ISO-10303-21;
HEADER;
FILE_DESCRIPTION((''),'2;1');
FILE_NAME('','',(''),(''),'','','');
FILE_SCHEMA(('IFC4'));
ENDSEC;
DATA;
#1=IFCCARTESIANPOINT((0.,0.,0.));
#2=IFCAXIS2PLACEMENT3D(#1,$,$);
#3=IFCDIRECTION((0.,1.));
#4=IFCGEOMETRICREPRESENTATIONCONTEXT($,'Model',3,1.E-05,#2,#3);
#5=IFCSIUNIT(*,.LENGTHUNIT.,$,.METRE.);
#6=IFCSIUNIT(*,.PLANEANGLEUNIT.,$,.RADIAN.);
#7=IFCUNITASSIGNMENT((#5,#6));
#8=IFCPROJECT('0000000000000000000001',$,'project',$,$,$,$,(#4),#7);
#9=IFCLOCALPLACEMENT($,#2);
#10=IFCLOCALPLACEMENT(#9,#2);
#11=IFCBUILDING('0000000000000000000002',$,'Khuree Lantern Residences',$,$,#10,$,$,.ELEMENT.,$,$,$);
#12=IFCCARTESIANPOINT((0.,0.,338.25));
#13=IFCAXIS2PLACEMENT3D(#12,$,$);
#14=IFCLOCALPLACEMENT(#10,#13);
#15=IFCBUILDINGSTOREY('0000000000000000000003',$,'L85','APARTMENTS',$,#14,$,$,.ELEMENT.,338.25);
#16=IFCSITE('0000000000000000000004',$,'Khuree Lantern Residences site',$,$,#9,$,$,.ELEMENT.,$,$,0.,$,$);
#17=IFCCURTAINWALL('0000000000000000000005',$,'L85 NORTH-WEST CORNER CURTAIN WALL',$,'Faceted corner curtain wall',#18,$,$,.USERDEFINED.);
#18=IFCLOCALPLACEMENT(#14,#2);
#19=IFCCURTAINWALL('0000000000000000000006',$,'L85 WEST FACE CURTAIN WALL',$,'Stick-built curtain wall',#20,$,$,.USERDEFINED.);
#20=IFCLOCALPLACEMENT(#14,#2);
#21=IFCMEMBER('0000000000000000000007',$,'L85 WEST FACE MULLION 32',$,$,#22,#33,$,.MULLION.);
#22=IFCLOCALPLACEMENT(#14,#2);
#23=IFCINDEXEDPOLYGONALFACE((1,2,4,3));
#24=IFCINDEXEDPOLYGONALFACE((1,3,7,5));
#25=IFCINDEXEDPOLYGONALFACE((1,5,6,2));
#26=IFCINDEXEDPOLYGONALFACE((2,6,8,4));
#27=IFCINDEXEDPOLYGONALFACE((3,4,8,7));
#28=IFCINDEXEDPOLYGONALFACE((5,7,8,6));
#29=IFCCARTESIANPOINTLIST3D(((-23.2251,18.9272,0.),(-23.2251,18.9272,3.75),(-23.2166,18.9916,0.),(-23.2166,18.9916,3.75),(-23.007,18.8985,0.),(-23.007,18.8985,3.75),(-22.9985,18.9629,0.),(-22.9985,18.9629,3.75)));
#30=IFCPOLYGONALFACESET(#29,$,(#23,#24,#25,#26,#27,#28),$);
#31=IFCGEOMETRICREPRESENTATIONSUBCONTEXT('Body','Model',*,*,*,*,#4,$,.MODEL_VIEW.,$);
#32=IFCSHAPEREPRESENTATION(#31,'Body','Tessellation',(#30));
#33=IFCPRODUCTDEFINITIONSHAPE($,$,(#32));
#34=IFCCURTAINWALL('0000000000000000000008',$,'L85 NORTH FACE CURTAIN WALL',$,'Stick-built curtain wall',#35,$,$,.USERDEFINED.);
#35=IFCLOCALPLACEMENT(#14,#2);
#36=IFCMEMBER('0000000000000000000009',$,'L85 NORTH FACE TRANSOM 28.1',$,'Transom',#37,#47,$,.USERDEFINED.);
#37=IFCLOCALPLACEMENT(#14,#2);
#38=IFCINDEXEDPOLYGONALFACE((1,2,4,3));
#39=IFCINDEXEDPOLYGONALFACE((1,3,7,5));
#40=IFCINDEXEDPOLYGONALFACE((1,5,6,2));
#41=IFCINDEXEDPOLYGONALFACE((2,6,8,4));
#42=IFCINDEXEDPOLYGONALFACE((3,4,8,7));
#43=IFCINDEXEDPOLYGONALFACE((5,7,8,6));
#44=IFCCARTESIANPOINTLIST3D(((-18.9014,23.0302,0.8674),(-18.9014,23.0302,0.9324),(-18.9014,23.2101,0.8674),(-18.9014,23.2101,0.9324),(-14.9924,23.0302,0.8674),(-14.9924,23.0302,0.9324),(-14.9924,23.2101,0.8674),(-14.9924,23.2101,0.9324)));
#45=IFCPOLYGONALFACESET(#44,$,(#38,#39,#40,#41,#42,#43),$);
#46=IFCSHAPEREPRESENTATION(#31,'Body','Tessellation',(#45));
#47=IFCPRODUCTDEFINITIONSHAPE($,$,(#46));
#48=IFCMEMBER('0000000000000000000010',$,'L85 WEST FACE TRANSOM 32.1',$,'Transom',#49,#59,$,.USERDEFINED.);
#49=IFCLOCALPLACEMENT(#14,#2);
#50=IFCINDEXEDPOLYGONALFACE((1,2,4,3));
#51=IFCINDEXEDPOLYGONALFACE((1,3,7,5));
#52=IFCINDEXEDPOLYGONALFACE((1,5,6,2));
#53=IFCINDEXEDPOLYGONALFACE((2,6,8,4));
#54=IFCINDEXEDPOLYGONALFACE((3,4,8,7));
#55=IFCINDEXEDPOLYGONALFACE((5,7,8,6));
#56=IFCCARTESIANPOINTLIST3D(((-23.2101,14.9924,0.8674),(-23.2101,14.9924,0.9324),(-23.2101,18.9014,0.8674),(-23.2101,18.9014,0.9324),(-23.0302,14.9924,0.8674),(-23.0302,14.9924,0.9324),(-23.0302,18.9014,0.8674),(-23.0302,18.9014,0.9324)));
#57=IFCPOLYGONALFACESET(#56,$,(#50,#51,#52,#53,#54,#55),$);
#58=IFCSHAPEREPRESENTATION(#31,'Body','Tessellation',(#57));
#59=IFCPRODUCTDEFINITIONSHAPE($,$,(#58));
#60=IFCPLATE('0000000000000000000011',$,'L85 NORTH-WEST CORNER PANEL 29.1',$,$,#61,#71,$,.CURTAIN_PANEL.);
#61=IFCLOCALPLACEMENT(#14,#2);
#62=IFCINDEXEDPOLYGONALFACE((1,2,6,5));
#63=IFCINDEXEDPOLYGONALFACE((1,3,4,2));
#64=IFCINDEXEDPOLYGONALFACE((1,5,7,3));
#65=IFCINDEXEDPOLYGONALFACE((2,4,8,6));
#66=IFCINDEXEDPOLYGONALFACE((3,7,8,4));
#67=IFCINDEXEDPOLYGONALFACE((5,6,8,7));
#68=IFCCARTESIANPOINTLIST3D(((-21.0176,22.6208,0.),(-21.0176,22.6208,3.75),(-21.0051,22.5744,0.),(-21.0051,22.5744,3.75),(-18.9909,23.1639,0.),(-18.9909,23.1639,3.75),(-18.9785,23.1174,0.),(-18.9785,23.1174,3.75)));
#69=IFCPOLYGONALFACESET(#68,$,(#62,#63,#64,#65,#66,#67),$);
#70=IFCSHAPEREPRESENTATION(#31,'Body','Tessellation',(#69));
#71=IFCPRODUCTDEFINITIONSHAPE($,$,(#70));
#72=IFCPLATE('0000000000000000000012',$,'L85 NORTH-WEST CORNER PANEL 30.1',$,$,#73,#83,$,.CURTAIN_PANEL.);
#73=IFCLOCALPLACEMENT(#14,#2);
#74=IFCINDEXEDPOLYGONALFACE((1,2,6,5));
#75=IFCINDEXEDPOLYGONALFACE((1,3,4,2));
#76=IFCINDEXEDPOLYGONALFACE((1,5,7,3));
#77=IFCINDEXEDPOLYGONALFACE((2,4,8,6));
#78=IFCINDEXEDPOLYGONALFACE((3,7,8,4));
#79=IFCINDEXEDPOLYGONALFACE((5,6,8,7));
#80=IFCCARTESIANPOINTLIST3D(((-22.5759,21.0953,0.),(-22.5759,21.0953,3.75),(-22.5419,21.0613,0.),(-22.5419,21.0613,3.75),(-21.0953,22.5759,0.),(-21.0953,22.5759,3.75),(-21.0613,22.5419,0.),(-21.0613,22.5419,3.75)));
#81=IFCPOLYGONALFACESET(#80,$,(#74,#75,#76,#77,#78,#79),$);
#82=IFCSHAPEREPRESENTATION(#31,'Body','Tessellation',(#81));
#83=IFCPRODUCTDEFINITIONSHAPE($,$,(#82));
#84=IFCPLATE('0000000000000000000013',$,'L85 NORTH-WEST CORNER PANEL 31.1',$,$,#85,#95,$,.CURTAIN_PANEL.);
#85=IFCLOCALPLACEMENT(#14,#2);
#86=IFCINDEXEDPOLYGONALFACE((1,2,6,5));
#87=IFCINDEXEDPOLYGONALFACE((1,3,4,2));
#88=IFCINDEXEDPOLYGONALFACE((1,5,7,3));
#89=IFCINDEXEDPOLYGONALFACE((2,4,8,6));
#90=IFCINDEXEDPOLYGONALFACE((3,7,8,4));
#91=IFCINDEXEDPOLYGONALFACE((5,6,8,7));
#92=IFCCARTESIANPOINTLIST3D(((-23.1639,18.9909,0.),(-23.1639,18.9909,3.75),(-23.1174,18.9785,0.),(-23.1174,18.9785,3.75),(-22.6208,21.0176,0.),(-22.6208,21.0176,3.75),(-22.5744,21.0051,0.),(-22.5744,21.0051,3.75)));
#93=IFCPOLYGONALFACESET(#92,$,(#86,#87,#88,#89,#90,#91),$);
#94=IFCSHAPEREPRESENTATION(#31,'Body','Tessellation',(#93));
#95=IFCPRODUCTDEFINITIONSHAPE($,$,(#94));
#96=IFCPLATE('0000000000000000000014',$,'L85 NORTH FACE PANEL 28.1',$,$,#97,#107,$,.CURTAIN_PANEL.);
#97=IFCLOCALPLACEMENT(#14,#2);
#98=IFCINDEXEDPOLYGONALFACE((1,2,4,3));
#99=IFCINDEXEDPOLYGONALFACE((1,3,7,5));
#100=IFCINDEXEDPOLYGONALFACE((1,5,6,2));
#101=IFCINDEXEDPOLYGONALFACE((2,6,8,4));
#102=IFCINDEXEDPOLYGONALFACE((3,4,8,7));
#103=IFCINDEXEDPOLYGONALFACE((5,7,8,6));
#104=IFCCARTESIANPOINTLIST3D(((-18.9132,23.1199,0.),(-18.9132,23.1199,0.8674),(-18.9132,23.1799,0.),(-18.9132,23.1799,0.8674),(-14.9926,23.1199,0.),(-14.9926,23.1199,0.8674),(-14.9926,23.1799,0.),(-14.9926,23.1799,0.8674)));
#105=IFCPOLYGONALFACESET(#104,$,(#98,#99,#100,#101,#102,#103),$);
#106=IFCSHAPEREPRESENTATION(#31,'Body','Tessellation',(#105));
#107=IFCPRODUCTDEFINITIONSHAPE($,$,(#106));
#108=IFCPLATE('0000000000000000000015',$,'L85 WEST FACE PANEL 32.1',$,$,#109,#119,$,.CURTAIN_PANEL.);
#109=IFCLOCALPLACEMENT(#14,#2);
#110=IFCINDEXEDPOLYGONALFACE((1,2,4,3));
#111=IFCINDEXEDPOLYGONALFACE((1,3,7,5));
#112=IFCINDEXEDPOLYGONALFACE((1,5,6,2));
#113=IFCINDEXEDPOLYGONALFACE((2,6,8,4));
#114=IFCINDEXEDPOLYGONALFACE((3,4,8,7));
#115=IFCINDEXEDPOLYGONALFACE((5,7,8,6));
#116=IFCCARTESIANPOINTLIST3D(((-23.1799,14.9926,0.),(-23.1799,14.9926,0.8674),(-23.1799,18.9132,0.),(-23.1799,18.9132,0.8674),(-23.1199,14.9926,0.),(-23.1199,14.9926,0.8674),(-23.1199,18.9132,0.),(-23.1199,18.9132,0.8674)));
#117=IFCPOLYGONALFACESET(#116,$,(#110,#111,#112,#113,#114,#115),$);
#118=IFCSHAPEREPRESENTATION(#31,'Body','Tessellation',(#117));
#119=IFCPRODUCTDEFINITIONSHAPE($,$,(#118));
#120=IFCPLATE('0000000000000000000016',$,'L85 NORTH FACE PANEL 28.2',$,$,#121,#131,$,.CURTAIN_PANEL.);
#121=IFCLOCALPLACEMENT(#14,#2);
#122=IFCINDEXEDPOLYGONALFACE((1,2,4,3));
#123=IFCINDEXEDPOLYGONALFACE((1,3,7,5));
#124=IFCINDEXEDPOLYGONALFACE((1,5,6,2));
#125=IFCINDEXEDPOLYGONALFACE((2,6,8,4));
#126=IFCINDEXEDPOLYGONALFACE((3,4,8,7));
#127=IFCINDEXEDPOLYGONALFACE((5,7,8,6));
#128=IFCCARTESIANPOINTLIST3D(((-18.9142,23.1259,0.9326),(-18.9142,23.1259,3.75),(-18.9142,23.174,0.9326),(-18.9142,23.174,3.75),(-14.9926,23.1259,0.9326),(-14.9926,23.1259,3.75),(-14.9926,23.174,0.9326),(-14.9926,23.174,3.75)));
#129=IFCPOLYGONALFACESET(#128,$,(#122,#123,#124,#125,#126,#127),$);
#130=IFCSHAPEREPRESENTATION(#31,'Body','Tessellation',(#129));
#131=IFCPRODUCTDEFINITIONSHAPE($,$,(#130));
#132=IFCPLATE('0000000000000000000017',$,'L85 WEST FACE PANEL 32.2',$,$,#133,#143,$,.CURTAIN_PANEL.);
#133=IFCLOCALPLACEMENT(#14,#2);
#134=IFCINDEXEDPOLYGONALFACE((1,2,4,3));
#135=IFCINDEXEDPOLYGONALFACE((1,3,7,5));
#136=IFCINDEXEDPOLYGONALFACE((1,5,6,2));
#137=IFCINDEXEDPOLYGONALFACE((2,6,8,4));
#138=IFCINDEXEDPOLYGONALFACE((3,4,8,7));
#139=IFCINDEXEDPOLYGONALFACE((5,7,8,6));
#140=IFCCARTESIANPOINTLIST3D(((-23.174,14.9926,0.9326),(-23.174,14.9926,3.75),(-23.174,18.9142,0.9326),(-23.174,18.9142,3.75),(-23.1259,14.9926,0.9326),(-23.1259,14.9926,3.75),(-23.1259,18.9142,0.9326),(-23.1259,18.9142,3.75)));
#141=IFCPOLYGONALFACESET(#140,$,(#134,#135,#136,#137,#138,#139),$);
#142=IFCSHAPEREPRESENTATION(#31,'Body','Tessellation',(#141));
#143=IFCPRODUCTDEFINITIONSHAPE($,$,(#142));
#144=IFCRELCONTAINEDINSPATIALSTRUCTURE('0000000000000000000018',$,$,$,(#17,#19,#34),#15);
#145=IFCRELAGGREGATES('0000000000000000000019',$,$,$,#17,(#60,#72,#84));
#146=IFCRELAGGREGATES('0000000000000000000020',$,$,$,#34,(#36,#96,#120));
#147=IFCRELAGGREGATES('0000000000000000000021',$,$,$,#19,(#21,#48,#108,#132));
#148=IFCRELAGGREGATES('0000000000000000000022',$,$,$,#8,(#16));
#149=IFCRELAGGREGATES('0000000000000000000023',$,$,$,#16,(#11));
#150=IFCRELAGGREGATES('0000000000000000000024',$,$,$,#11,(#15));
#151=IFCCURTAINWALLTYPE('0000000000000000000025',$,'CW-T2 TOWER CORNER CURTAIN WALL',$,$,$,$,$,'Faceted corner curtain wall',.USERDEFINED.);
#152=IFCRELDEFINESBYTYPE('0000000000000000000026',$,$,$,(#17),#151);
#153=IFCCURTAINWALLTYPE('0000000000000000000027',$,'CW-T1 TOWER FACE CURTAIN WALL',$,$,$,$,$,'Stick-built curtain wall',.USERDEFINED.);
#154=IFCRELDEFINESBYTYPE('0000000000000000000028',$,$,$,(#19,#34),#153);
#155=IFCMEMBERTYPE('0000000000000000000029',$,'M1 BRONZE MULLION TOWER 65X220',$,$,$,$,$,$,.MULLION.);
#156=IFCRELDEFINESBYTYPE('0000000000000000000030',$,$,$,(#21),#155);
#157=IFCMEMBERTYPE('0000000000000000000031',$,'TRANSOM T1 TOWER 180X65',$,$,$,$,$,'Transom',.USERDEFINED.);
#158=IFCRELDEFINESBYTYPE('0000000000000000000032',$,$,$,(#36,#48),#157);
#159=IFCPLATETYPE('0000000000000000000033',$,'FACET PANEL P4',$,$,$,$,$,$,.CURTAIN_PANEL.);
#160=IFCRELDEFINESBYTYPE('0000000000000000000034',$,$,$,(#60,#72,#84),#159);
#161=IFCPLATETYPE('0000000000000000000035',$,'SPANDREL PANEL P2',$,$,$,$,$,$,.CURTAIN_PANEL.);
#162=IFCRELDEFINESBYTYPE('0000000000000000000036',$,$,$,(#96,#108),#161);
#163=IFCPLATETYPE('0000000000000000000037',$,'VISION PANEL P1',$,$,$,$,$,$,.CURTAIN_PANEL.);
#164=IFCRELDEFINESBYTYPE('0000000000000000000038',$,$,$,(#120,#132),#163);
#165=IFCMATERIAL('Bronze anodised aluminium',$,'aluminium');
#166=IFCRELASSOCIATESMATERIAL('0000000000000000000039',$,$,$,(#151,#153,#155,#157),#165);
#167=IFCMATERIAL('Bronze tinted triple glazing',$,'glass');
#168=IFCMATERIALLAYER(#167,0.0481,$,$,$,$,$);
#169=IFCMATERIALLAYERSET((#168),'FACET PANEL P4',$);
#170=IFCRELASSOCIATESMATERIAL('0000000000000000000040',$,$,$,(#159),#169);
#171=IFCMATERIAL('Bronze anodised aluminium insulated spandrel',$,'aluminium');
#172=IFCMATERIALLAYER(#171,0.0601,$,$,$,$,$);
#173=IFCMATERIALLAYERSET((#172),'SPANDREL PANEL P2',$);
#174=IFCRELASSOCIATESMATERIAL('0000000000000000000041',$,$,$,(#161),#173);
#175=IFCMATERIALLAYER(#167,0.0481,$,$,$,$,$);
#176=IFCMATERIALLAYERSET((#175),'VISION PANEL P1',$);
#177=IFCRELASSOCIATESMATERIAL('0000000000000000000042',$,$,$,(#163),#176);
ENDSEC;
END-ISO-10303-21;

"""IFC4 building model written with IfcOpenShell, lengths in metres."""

from ifc_helpers import new_model, si_unit, direction, frame, origin, origin_2d, place, context, subcontext, project, spatial, rectangle, extrude, material, layer, layer_set, material_profile, profile_set, type_object, element, aggregate, save


model = new_model("IFC4")

# Units and contexts
model_context = context("Model", 3, precision=1e-05, world=origin(), true_north=direction((0.0, 1.0)))
body_context = subcontext(model_context, "Body", "Model", "MODEL_VIEW")
ifc_project = project(units=[si_unit("LENGTHUNIT", "METRE"), si_unit("PLANEANGLEUNIT", "RADIAN")], contexts=[model_context])

# Site, building, storey
site_placement = place(None, origin())
site = spatial("IfcSite", under=ifc_project, at=site_placement, Name="Khuree Lantern Residences site", CompositionType="ELEMENT", RefElevation=0.0)
building_placement = place(site_placement, origin())
building = spatial("IfcBuilding", under=site, at=building_placement, Name="Khuree Lantern Residences", CompositionType="ELEMENT")
storey_placement = place(building_placement, frame((0.0, 0.0, 338.25)))
storey = spatial("IfcBuildingStorey", under=building, at=storey_placement, Name="L85", Description="APARTMENTS", CompositionType="ELEMENT", Elevation=338.25)

# Curtain wall
ifc_material_1 = material(Name="Bronze anodised aluminium", Category="aluminium")
curtain_wall_type_1 = type_object("IfcCurtainWallType", Name="CW-T2 TOWER CORNER CURTAIN WALL", ElementType="Faceted corner curtain wall", PredefinedType="USERDEFINED", material=ifc_material_1)
curtain_wall_1_placement = place(storey_placement, origin())
curtain_wall_1 = element("IfcCurtainWall", 1, at=curtain_wall_1_placement, inside=storey, type_object=curtain_wall_type_1, Name="L85 NORTH-WEST CORNER CURTAIN WALL", ObjectType="Faceted corner curtain wall", PredefinedType="USERDEFINED")

# Shared definitions
ifc_material_profile_1 = material_profile(ifc_material_1, rectangle(XDim=0.0649, YDim=0.22, at=origin_2d()), Name="M1 65X220")
ifc_profile_set_1 = profile_set([ifc_material_profile_1], Name="Bronze anodised aluminium")
member_type_1 = type_object("IfcMemberType", Name="M1 BRONZE MULLION TOWER 65X220", PredefinedType="MULLION", material=ifc_profile_set_1)

# Curtain walls, members
curtain_wall_type_2 = type_object("IfcCurtainWallType", Name="CW-T1 TOWER FACE CURTAIN WALL", ElementType="Stick-built curtain wall", PredefinedType="USERDEFINED", material=ifc_material_1)
curtain_wall_2_placement = place(storey_placement, origin())
curtain_wall_2 = element("IfcCurtainWall", 2, at=curtain_wall_2_placement, inside=storey, type_object=curtain_wall_type_2, Name="L85 WEST FACE CURTAIN WALL", ObjectType="Stick-built curtain wall", PredefinedType="USERDEFINED")
member_1_placement = place(storey_placement, frame((-23.1118, 18.9451, 0.0), z_axis=(0.0, 0.0, 1.0), x_axis=(-0.130526, -0.991445, 0.0)))
member_1 = element("IfcMember", 3, at=member_1_placement, type_object=member_type_1, Name="L85 WEST FACE MULLION 32", PredefinedType="MULLION", context=body_context, shape_type="SweptSolid", body=[
    extrude(rectangle(XDim=0.0649, YDim=0.22, at=origin_2d()), origin(), (0.0, 0.0, 1.0), 3.75),
])
curtain_wall_3_placement = place(storey_placement, origin())
curtain_wall_3 = element("IfcCurtainWall", 4, at=curtain_wall_3_placement, inside=storey, type_object=curtain_wall_type_2, Name="L85 NORTH FACE CURTAIN WALL", ObjectType="Stick-built curtain wall", PredefinedType="USERDEFINED")
ifc_material_profile_2 = material_profile(ifc_material_1, rectangle(XDim=0.1799, YDim=0.0649, at=origin_2d()), Name="T1 180X65")
ifc_profile_set_2 = profile_set([ifc_material_profile_2], Name="Bronze anodised aluminium")
member_type_2 = type_object("IfcMemberType", Name="TRANSOM T1 TOWER 180X65", ElementType="Transom", PredefinedType="USERDEFINED", material=ifc_profile_set_2)
member_2_placement = place(storey_placement, frame((-14.9924, 23.1201, 0.8999), z_axis=(-1.0, 0.0, 0.0), x_axis=(0.0, -1.0, 0.0)))
member_2 = element("IfcMember", 5, at=member_2_placement, type_object=member_type_2, Name="L85 NORTH FACE TRANSOM 28.1", ObjectType="Transom", PredefinedType="USERDEFINED", context=body_context, shape_type="SweptSolid", body=[
    extrude(rectangle(XDim=0.1799, YDim=0.0649, at=origin_2d()), origin(), (0.0, 0.0, 1.0), 3.9089),
])

# Member
member_3_placement = place(storey_placement, frame((-23.1201, 18.9014, 0.8999), z_axis=(0.0, -1.0, 0.0), x_axis=(1.0, 0.0, 0.0)))
member_3 = element("IfcMember", 6, at=member_3_placement, type_object=member_type_2, Name="L85 WEST FACE TRANSOM 32.1", ObjectType="Transom", PredefinedType="USERDEFINED", context=body_context, shape_type="SweptSolid", body=[
    extrude(rectangle(XDim=0.1799, YDim=0.0649, at=origin_2d()), origin(), (0.0, 0.0, 1.0), 3.9089),
])

# Plates
ifc_material_2 = material(Name="Bronze tinted triple glazing", Category="glass")
ifc_layer_1 = layer(ifc_material_2, 0.0481)
ifc_layer_set_1 = layer_set([ifc_layer_1], Name="FACET PANEL P4")
plate_type_1 = type_object("IfcPlateType", Name="FACET PANEL P4", PredefinedType="CURTAIN_PANEL", material=ifc_layer_set_1)
plate_1_placement = place(storey_placement, frame((-19.998, 22.8691, 0.0), z_axis=(0.0, 0.0, 1.0), x_axis=(-0.965926, -0.258819, 0.0)))
plate_1 = element("IfcPlate", 7, at=plate_1_placement, type_object=plate_type_1, Name="L85 NORTH-WEST CORNER PANEL 29.1", PredefinedType="CURTAIN_PANEL", context=body_context, shape_type="SweptSolid", body=[
    extrude(rectangle(XDim=2.0981, YDim=0.0481, at=origin_2d()), origin(), (0.0, 0.0, 1.0), 3.75),
])
plate_2_placement = place(storey_placement, frame((-21.8186, 21.8186, 0.0), z_axis=(0.0, 0.0, 1.0), x_axis=(-0.707107, -0.707107, 0.0)))
plate_2 = element("IfcPlate", 8, at=plate_2_placement, type_object=plate_type_1, Name="L85 NORTH-WEST CORNER PANEL 30.1", PredefinedType="CURTAIN_PANEL", context=body_context, shape_type="SweptSolid", body=[
    extrude(rectangle(XDim=2.094, YDim=0.0481, at=origin_2d()), origin(), (0.0, 0.0, 1.0), 3.75),
])
plate_3_placement = place(storey_placement, frame((-22.8691, 19.998, 0.0), z_axis=(0.0, 0.0, 1.0), x_axis=(-0.258819, -0.965926, 0.0)))
plate_3 = element("IfcPlate", 9, at=plate_3_placement, type_object=plate_type_1, Name="L85 NORTH-WEST CORNER PANEL 31.1", PredefinedType="CURTAIN_PANEL", context=body_context, shape_type="SweptSolid", body=[
    extrude(rectangle(XDim=2.0981, YDim=0.0481, at=origin_2d()), origin(), (0.0, 0.0, 1.0), 3.75),
])
aggregate(curtain_wall_1, [plate_1, plate_2, plate_3])
ifc_material_3 = material(Name="Bronze anodised aluminium insulated spandrel", Category="aluminium")
ifc_layer_2 = layer(ifc_material_3, 0.0601)
ifc_layer_set_2 = layer_set([ifc_layer_2], Name="SPANDREL PANEL P2")
plate_type_2 = type_object("IfcPlateType", Name="SPANDREL PANEL P2", PredefinedType="CURTAIN_PANEL", material=ifc_layer_set_2)
plate_4_placement = place(storey_placement, frame((-16.9529, 23.1499, 0.0), z_axis=(0.0, 0.0, 1.0), x_axis=(-1.0, 0.0, 0.0)))
plate_4 = element("IfcPlate", 10, at=plate_4_placement, type_object=plate_type_2, Name="L85 NORTH FACE PANEL 28.1", PredefinedType="CURTAIN_PANEL", context=body_context, shape_type="SweptSolid", body=[
    extrude(rectangle(XDim=3.9207, YDim=0.0601, at=origin_2d()), origin(), (0.0, 0.0, 1.0), 0.8674),
])
plate_5_placement = place(storey_placement, frame((-23.1499, 16.9529, 0.0), z_axis=(0.0, 0.0, 1.0), x_axis=(0.0, -1.0, 0.0)))
plate_5 = element("IfcPlate", 11, at=plate_5_placement, type_object=plate_type_2, Name="L85 WEST FACE PANEL 32.1", PredefinedType="CURTAIN_PANEL", context=body_context, shape_type="SweptSolid", body=[
    extrude(rectangle(XDim=3.9207, YDim=0.0601, at=origin_2d()), origin(), (0.0, 0.0, 1.0), 0.8674),
])
ifc_layer_3 = layer(ifc_material_2, 0.0481)
ifc_layer_set_3 = layer_set([ifc_layer_3], Name="VISION PANEL P1")
plate_type_3 = type_object("IfcPlateType", Name="VISION PANEL P1", PredefinedType="CURTAIN_PANEL", material=ifc_layer_set_3)
plate_6_placement = place(storey_placement, frame((-16.9534, 23.1499, 0.9326), z_axis=(0.0, 0.0, 1.0), x_axis=(-1.0, 0.0, 0.0)))
plate_6 = element("IfcPlate", 12, at=plate_6_placement, type_object=plate_type_3, Name="L85 NORTH FACE PANEL 28.2", PredefinedType="CURTAIN_PANEL", context=body_context, shape_type="SweptSolid", body=[
    extrude(rectangle(XDim=3.9216, YDim=0.0481, at=origin_2d()), origin(), (0.0, 0.0, 1.0), 2.8174),
])
aggregate(curtain_wall_3, [member_2, plate_4, plate_6])
plate_7_placement = place(storey_placement, frame((-23.1499, 16.9534, 0.9326), z_axis=(0.0, 0.0, 1.0), x_axis=(0.0, -1.0, 0.0)))
plate_7 = element("IfcPlate", 13, at=plate_7_placement, type_object=plate_type_3, Name="L85 WEST FACE PANEL 32.2", PredefinedType="CURTAIN_PANEL", context=body_context, shape_type="SweptSolid", body=[
    extrude(rectangle(XDim=3.9216, YDim=0.0481, at=origin_2d()), origin(), (0.0, 0.0, 1.0), 2.8174),
])
aggregate(curtain_wall_2, [member_1, member_3, plate_5, plate_7])

save(model, "model.ifc")
